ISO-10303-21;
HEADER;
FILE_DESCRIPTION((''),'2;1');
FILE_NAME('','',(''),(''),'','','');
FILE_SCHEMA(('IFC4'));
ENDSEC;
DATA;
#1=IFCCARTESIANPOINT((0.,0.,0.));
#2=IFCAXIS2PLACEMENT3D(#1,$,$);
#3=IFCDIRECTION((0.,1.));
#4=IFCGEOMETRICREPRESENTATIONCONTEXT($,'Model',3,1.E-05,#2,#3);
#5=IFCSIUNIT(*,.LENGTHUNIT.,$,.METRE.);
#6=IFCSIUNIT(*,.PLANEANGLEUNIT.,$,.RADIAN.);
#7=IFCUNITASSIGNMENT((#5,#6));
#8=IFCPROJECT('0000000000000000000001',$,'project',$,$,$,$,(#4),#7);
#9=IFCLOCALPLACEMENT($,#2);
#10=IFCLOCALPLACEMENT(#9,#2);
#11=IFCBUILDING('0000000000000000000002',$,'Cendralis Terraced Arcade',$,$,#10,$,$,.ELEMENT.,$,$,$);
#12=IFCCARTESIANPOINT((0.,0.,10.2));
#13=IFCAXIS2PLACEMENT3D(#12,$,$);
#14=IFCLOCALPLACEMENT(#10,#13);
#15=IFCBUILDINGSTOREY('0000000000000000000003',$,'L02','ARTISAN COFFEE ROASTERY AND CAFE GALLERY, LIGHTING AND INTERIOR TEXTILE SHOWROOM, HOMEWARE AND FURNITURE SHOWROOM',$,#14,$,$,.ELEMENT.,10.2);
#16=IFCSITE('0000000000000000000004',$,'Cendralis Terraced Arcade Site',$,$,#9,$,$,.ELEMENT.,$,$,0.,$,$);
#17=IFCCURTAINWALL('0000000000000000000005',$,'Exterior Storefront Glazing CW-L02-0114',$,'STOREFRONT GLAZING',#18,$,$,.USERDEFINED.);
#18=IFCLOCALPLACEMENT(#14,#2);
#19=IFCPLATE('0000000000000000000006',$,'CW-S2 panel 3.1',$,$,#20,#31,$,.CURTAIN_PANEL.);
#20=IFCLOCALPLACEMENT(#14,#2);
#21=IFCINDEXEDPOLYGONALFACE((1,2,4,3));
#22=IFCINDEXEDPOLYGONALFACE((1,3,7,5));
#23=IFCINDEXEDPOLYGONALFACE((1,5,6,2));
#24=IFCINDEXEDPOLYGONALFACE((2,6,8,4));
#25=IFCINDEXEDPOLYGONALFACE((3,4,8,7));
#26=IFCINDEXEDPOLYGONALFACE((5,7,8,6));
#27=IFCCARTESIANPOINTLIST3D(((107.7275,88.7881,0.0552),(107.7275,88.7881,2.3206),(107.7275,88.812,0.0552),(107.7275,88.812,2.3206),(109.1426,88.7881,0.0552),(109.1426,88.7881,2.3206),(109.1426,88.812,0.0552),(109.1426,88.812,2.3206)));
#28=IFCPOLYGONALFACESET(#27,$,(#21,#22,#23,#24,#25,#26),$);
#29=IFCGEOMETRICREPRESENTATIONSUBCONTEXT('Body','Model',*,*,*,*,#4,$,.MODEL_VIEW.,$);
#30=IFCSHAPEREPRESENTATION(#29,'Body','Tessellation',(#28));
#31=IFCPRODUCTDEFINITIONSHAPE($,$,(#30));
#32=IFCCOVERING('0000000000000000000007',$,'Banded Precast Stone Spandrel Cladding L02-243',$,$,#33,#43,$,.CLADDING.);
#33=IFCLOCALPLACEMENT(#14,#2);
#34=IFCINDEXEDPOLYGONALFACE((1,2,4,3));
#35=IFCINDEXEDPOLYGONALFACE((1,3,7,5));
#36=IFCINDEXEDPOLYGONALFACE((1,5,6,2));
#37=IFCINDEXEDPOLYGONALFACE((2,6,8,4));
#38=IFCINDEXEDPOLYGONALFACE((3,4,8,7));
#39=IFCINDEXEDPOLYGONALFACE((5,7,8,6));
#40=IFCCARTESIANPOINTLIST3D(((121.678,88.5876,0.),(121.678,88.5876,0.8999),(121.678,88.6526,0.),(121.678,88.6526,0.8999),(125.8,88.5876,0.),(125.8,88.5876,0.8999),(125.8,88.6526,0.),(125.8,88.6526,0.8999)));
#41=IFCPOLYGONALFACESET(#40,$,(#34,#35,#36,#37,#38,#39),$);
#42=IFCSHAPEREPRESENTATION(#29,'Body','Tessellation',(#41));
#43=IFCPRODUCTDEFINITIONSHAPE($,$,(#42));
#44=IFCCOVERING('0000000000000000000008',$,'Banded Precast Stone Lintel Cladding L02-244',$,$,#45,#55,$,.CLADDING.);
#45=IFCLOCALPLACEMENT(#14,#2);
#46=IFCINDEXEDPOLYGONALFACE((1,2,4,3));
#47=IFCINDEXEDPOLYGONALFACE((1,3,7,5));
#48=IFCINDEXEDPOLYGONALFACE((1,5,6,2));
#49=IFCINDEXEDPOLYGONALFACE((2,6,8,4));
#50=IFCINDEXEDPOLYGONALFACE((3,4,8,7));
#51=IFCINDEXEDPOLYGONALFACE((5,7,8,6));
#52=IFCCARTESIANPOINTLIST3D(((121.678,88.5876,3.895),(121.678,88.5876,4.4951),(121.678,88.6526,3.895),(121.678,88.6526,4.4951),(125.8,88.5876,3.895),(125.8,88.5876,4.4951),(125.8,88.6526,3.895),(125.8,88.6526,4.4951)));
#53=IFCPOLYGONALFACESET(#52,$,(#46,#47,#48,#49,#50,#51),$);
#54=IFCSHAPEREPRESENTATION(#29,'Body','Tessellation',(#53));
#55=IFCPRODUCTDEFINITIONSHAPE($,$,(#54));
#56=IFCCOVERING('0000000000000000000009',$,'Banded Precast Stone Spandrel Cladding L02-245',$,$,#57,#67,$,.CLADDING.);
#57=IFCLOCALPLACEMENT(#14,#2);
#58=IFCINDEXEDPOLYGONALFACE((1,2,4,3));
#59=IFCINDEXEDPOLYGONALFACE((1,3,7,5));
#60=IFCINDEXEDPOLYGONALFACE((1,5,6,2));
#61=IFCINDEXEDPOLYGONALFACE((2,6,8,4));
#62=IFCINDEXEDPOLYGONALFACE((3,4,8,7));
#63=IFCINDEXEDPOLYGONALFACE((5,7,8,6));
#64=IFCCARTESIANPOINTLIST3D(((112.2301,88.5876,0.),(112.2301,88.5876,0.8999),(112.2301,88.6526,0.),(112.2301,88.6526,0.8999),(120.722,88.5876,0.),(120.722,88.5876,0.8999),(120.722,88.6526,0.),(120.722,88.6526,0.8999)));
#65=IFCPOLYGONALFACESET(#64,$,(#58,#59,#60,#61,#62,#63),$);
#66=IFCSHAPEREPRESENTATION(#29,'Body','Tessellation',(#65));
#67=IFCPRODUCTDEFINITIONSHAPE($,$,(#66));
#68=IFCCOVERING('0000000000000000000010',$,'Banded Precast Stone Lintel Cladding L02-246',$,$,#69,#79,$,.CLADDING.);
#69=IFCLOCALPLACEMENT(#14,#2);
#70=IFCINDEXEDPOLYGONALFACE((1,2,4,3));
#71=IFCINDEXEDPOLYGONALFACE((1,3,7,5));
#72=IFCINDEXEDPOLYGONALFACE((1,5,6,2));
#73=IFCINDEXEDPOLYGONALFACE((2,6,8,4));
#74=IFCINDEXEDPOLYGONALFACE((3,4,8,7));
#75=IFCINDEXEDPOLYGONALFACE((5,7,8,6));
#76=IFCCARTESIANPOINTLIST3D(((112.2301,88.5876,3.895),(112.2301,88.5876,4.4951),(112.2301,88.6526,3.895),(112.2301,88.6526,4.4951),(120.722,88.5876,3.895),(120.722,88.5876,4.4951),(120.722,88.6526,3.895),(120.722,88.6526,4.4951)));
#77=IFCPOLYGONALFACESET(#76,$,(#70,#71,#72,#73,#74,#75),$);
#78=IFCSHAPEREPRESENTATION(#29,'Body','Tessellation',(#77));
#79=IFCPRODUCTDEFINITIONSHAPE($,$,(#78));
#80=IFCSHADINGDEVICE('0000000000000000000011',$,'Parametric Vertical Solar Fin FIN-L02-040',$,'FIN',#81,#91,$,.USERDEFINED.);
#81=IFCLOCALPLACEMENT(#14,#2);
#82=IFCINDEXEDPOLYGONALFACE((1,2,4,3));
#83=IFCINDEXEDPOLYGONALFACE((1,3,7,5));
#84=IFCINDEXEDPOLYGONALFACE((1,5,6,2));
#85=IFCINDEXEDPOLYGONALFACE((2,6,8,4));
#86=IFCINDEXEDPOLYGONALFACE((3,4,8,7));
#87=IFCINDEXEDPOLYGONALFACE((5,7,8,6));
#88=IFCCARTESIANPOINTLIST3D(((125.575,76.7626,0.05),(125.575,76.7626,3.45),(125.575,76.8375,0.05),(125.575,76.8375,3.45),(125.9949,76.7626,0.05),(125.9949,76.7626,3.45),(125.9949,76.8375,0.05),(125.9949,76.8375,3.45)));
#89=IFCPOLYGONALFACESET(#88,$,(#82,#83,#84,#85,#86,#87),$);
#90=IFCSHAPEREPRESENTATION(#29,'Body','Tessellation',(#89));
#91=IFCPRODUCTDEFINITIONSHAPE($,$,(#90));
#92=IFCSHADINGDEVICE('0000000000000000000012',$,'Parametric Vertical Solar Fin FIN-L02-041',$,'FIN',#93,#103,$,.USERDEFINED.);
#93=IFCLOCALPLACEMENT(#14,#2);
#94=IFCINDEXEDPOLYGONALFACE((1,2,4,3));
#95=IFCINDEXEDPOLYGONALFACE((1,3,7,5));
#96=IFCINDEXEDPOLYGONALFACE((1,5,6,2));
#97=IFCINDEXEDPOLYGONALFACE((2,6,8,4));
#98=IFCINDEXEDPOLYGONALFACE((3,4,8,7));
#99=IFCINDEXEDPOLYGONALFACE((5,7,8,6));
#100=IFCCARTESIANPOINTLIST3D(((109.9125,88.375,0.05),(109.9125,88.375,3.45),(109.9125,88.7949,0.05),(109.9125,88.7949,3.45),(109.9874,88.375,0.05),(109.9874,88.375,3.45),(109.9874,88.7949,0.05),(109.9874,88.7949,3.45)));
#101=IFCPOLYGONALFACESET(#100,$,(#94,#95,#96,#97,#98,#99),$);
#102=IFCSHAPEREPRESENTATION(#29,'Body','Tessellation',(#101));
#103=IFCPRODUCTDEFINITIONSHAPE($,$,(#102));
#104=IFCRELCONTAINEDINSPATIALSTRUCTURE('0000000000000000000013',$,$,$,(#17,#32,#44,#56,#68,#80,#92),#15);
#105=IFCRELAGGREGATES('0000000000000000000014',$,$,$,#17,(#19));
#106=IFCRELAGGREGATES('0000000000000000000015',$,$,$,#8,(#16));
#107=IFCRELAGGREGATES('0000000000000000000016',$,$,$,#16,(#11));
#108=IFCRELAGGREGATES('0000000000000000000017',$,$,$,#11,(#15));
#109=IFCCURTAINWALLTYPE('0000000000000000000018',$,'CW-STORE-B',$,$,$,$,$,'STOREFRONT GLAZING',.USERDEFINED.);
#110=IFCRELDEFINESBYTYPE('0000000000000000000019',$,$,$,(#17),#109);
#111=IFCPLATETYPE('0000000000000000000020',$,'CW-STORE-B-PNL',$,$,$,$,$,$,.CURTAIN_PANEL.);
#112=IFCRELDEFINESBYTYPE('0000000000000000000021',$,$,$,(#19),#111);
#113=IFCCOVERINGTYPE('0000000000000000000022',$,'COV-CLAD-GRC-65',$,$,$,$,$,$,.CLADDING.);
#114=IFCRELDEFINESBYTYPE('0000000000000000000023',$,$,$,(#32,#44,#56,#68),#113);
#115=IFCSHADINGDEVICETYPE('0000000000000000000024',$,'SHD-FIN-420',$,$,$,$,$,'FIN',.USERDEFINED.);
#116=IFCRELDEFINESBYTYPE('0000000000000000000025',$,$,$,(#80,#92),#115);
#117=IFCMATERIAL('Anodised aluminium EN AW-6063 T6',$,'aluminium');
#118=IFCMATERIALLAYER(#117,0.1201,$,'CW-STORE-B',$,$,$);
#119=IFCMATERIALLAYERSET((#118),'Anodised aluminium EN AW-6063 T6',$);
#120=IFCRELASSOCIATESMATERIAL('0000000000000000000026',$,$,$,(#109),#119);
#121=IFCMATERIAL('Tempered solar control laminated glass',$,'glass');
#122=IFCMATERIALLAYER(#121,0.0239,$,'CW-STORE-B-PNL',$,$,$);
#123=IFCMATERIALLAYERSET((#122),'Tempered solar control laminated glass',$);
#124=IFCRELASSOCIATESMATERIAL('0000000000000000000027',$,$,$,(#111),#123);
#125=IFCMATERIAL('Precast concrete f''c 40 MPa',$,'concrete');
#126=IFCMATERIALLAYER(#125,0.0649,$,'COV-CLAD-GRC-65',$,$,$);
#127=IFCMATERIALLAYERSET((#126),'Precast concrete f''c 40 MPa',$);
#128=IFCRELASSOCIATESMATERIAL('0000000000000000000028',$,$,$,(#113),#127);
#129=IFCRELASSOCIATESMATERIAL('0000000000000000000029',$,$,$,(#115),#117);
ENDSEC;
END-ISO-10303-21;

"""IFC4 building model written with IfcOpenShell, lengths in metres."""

from ifc_helpers import new_model, si_unit, direction, frame, origin, origin_2d, place, context, subcontext, project, spatial, rectangle, extrude, material, layer, layer_set, type_object, element, aggregate, save


model = new_model("IFC4")

# Units and contexts
model_context = context("Model", 3, precision=1e-05, world=origin(), true_north=direction((0.0, 1.0)))
body_context = subcontext(model_context, "Body", "Model", "MODEL_VIEW")
ifc_project = project(units=[si_unit("LENGTHUNIT", "METRE"), si_unit("PLANEANGLEUNIT", "RADIAN")], contexts=[model_context])

# Site, building, storey
site_placement = place(None, origin())
site = spatial("IfcSite", under=ifc_project, at=site_placement, Name="Cendralis Terraced Arcade Site", CompositionType="ELEMENT", RefElevation=0.0)
building_placement = place(site_placement, origin())
building = spatial("IfcBuilding", under=site, at=building_placement, Name="Cendralis Terraced Arcade", CompositionType="ELEMENT")
storey_placement = place(building_placement, frame((0.0, 0.0, 10.2)))
storey = spatial("IfcBuildingStorey", under=building, at=storey_placement, Name="L02", Description="ARTISAN COFFEE ROASTERY AND CAFE GALLERY, LIGHTING AND INTERIOR TEXTILE SHOWROOM, HOMEWARE AND FURNITURE SHOWROOM", CompositionType="ELEMENT", Elevation=10.2)

# Shared definitions
ifc_material_1 = material(Name="Anodised aluminium EN AW-6063 T6", Category="aluminium")
ifc_layer_1 = layer(ifc_material_1, 0.1201, Name="CW-STORE-B")
ifc_layer_set_1 = layer_set([ifc_layer_1], Name="Anodised aluminium EN AW-6063 T6")
curtain_wall_type = type_object("IfcCurtainWallType", Name="CW-STORE-B", ElementType="STOREFRONT GLAZING", PredefinedType="USERDEFINED", material=ifc_layer_set_1)

# Curtain wall
curtain_wall_1_placement = place(storey_placement, origin())
curtain_wall_1 = element("IfcCurtainWall", 1, at=curtain_wall_1_placement, inside=storey, type_object=curtain_wall_type, Name="Exterior Storefront Glazing CW-L02-0114", ObjectType="STOREFRONT GLAZING", PredefinedType="USERDEFINED")

# Plate
ifc_material_2 = material(Name="Tempered solar control laminated glass", Category="glass")
ifc_layer_2 = layer(ifc_material_2, 0.0239, Name="CW-STORE-B-PNL")
ifc_layer_set_2 = layer_set([ifc_layer_2], Name="Tempered solar control laminated glass")
plate_type = type_object("IfcPlateType", Name="CW-STORE-B-PNL", PredefinedType="CURTAIN_PANEL", material=ifc_layer_set_2)
plate_1_placement = place(storey_placement, frame((108.4351, 88.8, 0.0552), z_axis=(0.0, 0.0, 1.0), x_axis=(-1.0, 0.0, 0.0)))
plate_1 = element("IfcPlate", 2, at=plate_1_placement, type_object=plate_type, Name="CW-S2 panel 3.1", PredefinedType="CURTAIN_PANEL", context=body_context, shape_type="SweptSolid", body=[
    extrude(rectangle(XDim=1.415, YDim=0.0239, at=origin_2d()), origin(), (0.0, 0.0, 1.0), 2.2654),
])
aggregate(curtain_wall_1, [plate_1])

# Coverings
ifc_material_3 = material(Name="Precast concrete f'c 40 MPa", Category="concrete")
ifc_layer_3 = layer(ifc_material_3, 0.0649, Name="COV-CLAD-GRC-65")
ifc_layer_set_3 = layer_set([ifc_layer_3], Name="Precast concrete f'c 40 MPa")
covering_type = type_object("IfcCoveringType", Name="COV-CLAD-GRC-65", PredefinedType="CLADDING", material=ifc_layer_set_3)
covering_1_placement = place(storey_placement, frame((123.739, 88.6201, 0.0), z_axis=(0.0, 0.0, 1.0), x_axis=(-1.0, 0.0, 0.0)))
element("IfcCovering", 3, at=covering_1_placement, inside=storey, type_object=covering_type, Name="Banded Precast Stone Spandrel Cladding L02-243", PredefinedType="CLADDING", context=body_context, shape_type="SweptSolid", body=[
    extrude(rectangle(XDim=4.1221, YDim=0.0649, at=origin_2d()), origin(), (0.0, 0.0, 1.0), 0.8999),
])
covering_2_placement = place(storey_placement, frame((123.739, 88.6201, 3.895), z_axis=(0.0, 0.0, 1.0), x_axis=(-1.0, 0.0, 0.0)))
element("IfcCovering", 4, at=covering_2_placement, inside=storey, type_object=covering_type, Name="Banded Precast Stone Lintel Cladding L02-244", PredefinedType="CLADDING", context=body_context, shape_type="SweptSolid", body=[
    extrude(rectangle(XDim=4.1221, YDim=0.0649, at=origin_2d()), origin(), (0.0, 0.0, 1.0), 0.6001),
])
covering_3_placement = place(storey_placement, frame((116.4761, 88.6201, 0.0), z_axis=(0.0, 0.0, 1.0), x_axis=(-1.0, 0.0, 0.0)))
element("IfcCovering", 5, at=covering_3_placement, inside=storey, type_object=covering_type, Name="Banded Precast Stone Spandrel Cladding L02-245", PredefinedType="CLADDING", context=body_context, shape_type="SweptSolid", body=[
    extrude(rectangle(XDim=8.4919, YDim=0.0649, at=origin_2d()), origin(), (0.0, 0.0, 1.0), 0.8999),
])
covering_4_placement = place(storey_placement, frame((116.4761, 88.6201, 3.895), z_axis=(0.0, 0.0, 1.0), x_axis=(-1.0, 0.0, 0.0)))
element("IfcCovering", 6, at=covering_4_placement, inside=storey, type_object=covering_type, Name="Banded Precast Stone Lintel Cladding L02-246", PredefinedType="CLADDING", context=body_context, shape_type="SweptSolid", body=[
    extrude(rectangle(XDim=8.4919, YDim=0.0649, at=origin_2d()), origin(), (0.0, 0.0, 1.0), 0.6001),
])

# Shading devices
shading_device_type = type_object("IfcShadingDeviceType", Name="SHD-FIN-420", ElementType="FIN", PredefinedType="USERDEFINED", material=ifc_material_1)
for number, where, z_axis, x_axis, name in (
    (7, (125.7849, 76.8, 0.05), (0.0, 0.0, 1.0), (0.0, 1.0, 0.0), "Parametric Vertical Solar Fin FIN-L02-040"),
    (8, (109.95, 88.585, 0.05), (0.0, 0.0, 1.0), (-1.0, 0.0, 0.0), "Parametric Vertical Solar Fin FIN-L02-041"),
):
    element("IfcShadingDevice", number, at=place(storey_placement, frame(where, z_axis=z_axis, x_axis=x_axis)), inside=storey, type_object=shading_device_type, Name=name, ObjectType="FIN", PredefinedType="USERDEFINED", context=body_context, shape_type="SweptSolid", body=[
        extrude(rectangle(XDim=0.075, YDim=0.4199, at=origin_2d()), origin(), (0.0, 0.0, 1.0), 3.3999),
    ])

save(model, "model.ifc")
